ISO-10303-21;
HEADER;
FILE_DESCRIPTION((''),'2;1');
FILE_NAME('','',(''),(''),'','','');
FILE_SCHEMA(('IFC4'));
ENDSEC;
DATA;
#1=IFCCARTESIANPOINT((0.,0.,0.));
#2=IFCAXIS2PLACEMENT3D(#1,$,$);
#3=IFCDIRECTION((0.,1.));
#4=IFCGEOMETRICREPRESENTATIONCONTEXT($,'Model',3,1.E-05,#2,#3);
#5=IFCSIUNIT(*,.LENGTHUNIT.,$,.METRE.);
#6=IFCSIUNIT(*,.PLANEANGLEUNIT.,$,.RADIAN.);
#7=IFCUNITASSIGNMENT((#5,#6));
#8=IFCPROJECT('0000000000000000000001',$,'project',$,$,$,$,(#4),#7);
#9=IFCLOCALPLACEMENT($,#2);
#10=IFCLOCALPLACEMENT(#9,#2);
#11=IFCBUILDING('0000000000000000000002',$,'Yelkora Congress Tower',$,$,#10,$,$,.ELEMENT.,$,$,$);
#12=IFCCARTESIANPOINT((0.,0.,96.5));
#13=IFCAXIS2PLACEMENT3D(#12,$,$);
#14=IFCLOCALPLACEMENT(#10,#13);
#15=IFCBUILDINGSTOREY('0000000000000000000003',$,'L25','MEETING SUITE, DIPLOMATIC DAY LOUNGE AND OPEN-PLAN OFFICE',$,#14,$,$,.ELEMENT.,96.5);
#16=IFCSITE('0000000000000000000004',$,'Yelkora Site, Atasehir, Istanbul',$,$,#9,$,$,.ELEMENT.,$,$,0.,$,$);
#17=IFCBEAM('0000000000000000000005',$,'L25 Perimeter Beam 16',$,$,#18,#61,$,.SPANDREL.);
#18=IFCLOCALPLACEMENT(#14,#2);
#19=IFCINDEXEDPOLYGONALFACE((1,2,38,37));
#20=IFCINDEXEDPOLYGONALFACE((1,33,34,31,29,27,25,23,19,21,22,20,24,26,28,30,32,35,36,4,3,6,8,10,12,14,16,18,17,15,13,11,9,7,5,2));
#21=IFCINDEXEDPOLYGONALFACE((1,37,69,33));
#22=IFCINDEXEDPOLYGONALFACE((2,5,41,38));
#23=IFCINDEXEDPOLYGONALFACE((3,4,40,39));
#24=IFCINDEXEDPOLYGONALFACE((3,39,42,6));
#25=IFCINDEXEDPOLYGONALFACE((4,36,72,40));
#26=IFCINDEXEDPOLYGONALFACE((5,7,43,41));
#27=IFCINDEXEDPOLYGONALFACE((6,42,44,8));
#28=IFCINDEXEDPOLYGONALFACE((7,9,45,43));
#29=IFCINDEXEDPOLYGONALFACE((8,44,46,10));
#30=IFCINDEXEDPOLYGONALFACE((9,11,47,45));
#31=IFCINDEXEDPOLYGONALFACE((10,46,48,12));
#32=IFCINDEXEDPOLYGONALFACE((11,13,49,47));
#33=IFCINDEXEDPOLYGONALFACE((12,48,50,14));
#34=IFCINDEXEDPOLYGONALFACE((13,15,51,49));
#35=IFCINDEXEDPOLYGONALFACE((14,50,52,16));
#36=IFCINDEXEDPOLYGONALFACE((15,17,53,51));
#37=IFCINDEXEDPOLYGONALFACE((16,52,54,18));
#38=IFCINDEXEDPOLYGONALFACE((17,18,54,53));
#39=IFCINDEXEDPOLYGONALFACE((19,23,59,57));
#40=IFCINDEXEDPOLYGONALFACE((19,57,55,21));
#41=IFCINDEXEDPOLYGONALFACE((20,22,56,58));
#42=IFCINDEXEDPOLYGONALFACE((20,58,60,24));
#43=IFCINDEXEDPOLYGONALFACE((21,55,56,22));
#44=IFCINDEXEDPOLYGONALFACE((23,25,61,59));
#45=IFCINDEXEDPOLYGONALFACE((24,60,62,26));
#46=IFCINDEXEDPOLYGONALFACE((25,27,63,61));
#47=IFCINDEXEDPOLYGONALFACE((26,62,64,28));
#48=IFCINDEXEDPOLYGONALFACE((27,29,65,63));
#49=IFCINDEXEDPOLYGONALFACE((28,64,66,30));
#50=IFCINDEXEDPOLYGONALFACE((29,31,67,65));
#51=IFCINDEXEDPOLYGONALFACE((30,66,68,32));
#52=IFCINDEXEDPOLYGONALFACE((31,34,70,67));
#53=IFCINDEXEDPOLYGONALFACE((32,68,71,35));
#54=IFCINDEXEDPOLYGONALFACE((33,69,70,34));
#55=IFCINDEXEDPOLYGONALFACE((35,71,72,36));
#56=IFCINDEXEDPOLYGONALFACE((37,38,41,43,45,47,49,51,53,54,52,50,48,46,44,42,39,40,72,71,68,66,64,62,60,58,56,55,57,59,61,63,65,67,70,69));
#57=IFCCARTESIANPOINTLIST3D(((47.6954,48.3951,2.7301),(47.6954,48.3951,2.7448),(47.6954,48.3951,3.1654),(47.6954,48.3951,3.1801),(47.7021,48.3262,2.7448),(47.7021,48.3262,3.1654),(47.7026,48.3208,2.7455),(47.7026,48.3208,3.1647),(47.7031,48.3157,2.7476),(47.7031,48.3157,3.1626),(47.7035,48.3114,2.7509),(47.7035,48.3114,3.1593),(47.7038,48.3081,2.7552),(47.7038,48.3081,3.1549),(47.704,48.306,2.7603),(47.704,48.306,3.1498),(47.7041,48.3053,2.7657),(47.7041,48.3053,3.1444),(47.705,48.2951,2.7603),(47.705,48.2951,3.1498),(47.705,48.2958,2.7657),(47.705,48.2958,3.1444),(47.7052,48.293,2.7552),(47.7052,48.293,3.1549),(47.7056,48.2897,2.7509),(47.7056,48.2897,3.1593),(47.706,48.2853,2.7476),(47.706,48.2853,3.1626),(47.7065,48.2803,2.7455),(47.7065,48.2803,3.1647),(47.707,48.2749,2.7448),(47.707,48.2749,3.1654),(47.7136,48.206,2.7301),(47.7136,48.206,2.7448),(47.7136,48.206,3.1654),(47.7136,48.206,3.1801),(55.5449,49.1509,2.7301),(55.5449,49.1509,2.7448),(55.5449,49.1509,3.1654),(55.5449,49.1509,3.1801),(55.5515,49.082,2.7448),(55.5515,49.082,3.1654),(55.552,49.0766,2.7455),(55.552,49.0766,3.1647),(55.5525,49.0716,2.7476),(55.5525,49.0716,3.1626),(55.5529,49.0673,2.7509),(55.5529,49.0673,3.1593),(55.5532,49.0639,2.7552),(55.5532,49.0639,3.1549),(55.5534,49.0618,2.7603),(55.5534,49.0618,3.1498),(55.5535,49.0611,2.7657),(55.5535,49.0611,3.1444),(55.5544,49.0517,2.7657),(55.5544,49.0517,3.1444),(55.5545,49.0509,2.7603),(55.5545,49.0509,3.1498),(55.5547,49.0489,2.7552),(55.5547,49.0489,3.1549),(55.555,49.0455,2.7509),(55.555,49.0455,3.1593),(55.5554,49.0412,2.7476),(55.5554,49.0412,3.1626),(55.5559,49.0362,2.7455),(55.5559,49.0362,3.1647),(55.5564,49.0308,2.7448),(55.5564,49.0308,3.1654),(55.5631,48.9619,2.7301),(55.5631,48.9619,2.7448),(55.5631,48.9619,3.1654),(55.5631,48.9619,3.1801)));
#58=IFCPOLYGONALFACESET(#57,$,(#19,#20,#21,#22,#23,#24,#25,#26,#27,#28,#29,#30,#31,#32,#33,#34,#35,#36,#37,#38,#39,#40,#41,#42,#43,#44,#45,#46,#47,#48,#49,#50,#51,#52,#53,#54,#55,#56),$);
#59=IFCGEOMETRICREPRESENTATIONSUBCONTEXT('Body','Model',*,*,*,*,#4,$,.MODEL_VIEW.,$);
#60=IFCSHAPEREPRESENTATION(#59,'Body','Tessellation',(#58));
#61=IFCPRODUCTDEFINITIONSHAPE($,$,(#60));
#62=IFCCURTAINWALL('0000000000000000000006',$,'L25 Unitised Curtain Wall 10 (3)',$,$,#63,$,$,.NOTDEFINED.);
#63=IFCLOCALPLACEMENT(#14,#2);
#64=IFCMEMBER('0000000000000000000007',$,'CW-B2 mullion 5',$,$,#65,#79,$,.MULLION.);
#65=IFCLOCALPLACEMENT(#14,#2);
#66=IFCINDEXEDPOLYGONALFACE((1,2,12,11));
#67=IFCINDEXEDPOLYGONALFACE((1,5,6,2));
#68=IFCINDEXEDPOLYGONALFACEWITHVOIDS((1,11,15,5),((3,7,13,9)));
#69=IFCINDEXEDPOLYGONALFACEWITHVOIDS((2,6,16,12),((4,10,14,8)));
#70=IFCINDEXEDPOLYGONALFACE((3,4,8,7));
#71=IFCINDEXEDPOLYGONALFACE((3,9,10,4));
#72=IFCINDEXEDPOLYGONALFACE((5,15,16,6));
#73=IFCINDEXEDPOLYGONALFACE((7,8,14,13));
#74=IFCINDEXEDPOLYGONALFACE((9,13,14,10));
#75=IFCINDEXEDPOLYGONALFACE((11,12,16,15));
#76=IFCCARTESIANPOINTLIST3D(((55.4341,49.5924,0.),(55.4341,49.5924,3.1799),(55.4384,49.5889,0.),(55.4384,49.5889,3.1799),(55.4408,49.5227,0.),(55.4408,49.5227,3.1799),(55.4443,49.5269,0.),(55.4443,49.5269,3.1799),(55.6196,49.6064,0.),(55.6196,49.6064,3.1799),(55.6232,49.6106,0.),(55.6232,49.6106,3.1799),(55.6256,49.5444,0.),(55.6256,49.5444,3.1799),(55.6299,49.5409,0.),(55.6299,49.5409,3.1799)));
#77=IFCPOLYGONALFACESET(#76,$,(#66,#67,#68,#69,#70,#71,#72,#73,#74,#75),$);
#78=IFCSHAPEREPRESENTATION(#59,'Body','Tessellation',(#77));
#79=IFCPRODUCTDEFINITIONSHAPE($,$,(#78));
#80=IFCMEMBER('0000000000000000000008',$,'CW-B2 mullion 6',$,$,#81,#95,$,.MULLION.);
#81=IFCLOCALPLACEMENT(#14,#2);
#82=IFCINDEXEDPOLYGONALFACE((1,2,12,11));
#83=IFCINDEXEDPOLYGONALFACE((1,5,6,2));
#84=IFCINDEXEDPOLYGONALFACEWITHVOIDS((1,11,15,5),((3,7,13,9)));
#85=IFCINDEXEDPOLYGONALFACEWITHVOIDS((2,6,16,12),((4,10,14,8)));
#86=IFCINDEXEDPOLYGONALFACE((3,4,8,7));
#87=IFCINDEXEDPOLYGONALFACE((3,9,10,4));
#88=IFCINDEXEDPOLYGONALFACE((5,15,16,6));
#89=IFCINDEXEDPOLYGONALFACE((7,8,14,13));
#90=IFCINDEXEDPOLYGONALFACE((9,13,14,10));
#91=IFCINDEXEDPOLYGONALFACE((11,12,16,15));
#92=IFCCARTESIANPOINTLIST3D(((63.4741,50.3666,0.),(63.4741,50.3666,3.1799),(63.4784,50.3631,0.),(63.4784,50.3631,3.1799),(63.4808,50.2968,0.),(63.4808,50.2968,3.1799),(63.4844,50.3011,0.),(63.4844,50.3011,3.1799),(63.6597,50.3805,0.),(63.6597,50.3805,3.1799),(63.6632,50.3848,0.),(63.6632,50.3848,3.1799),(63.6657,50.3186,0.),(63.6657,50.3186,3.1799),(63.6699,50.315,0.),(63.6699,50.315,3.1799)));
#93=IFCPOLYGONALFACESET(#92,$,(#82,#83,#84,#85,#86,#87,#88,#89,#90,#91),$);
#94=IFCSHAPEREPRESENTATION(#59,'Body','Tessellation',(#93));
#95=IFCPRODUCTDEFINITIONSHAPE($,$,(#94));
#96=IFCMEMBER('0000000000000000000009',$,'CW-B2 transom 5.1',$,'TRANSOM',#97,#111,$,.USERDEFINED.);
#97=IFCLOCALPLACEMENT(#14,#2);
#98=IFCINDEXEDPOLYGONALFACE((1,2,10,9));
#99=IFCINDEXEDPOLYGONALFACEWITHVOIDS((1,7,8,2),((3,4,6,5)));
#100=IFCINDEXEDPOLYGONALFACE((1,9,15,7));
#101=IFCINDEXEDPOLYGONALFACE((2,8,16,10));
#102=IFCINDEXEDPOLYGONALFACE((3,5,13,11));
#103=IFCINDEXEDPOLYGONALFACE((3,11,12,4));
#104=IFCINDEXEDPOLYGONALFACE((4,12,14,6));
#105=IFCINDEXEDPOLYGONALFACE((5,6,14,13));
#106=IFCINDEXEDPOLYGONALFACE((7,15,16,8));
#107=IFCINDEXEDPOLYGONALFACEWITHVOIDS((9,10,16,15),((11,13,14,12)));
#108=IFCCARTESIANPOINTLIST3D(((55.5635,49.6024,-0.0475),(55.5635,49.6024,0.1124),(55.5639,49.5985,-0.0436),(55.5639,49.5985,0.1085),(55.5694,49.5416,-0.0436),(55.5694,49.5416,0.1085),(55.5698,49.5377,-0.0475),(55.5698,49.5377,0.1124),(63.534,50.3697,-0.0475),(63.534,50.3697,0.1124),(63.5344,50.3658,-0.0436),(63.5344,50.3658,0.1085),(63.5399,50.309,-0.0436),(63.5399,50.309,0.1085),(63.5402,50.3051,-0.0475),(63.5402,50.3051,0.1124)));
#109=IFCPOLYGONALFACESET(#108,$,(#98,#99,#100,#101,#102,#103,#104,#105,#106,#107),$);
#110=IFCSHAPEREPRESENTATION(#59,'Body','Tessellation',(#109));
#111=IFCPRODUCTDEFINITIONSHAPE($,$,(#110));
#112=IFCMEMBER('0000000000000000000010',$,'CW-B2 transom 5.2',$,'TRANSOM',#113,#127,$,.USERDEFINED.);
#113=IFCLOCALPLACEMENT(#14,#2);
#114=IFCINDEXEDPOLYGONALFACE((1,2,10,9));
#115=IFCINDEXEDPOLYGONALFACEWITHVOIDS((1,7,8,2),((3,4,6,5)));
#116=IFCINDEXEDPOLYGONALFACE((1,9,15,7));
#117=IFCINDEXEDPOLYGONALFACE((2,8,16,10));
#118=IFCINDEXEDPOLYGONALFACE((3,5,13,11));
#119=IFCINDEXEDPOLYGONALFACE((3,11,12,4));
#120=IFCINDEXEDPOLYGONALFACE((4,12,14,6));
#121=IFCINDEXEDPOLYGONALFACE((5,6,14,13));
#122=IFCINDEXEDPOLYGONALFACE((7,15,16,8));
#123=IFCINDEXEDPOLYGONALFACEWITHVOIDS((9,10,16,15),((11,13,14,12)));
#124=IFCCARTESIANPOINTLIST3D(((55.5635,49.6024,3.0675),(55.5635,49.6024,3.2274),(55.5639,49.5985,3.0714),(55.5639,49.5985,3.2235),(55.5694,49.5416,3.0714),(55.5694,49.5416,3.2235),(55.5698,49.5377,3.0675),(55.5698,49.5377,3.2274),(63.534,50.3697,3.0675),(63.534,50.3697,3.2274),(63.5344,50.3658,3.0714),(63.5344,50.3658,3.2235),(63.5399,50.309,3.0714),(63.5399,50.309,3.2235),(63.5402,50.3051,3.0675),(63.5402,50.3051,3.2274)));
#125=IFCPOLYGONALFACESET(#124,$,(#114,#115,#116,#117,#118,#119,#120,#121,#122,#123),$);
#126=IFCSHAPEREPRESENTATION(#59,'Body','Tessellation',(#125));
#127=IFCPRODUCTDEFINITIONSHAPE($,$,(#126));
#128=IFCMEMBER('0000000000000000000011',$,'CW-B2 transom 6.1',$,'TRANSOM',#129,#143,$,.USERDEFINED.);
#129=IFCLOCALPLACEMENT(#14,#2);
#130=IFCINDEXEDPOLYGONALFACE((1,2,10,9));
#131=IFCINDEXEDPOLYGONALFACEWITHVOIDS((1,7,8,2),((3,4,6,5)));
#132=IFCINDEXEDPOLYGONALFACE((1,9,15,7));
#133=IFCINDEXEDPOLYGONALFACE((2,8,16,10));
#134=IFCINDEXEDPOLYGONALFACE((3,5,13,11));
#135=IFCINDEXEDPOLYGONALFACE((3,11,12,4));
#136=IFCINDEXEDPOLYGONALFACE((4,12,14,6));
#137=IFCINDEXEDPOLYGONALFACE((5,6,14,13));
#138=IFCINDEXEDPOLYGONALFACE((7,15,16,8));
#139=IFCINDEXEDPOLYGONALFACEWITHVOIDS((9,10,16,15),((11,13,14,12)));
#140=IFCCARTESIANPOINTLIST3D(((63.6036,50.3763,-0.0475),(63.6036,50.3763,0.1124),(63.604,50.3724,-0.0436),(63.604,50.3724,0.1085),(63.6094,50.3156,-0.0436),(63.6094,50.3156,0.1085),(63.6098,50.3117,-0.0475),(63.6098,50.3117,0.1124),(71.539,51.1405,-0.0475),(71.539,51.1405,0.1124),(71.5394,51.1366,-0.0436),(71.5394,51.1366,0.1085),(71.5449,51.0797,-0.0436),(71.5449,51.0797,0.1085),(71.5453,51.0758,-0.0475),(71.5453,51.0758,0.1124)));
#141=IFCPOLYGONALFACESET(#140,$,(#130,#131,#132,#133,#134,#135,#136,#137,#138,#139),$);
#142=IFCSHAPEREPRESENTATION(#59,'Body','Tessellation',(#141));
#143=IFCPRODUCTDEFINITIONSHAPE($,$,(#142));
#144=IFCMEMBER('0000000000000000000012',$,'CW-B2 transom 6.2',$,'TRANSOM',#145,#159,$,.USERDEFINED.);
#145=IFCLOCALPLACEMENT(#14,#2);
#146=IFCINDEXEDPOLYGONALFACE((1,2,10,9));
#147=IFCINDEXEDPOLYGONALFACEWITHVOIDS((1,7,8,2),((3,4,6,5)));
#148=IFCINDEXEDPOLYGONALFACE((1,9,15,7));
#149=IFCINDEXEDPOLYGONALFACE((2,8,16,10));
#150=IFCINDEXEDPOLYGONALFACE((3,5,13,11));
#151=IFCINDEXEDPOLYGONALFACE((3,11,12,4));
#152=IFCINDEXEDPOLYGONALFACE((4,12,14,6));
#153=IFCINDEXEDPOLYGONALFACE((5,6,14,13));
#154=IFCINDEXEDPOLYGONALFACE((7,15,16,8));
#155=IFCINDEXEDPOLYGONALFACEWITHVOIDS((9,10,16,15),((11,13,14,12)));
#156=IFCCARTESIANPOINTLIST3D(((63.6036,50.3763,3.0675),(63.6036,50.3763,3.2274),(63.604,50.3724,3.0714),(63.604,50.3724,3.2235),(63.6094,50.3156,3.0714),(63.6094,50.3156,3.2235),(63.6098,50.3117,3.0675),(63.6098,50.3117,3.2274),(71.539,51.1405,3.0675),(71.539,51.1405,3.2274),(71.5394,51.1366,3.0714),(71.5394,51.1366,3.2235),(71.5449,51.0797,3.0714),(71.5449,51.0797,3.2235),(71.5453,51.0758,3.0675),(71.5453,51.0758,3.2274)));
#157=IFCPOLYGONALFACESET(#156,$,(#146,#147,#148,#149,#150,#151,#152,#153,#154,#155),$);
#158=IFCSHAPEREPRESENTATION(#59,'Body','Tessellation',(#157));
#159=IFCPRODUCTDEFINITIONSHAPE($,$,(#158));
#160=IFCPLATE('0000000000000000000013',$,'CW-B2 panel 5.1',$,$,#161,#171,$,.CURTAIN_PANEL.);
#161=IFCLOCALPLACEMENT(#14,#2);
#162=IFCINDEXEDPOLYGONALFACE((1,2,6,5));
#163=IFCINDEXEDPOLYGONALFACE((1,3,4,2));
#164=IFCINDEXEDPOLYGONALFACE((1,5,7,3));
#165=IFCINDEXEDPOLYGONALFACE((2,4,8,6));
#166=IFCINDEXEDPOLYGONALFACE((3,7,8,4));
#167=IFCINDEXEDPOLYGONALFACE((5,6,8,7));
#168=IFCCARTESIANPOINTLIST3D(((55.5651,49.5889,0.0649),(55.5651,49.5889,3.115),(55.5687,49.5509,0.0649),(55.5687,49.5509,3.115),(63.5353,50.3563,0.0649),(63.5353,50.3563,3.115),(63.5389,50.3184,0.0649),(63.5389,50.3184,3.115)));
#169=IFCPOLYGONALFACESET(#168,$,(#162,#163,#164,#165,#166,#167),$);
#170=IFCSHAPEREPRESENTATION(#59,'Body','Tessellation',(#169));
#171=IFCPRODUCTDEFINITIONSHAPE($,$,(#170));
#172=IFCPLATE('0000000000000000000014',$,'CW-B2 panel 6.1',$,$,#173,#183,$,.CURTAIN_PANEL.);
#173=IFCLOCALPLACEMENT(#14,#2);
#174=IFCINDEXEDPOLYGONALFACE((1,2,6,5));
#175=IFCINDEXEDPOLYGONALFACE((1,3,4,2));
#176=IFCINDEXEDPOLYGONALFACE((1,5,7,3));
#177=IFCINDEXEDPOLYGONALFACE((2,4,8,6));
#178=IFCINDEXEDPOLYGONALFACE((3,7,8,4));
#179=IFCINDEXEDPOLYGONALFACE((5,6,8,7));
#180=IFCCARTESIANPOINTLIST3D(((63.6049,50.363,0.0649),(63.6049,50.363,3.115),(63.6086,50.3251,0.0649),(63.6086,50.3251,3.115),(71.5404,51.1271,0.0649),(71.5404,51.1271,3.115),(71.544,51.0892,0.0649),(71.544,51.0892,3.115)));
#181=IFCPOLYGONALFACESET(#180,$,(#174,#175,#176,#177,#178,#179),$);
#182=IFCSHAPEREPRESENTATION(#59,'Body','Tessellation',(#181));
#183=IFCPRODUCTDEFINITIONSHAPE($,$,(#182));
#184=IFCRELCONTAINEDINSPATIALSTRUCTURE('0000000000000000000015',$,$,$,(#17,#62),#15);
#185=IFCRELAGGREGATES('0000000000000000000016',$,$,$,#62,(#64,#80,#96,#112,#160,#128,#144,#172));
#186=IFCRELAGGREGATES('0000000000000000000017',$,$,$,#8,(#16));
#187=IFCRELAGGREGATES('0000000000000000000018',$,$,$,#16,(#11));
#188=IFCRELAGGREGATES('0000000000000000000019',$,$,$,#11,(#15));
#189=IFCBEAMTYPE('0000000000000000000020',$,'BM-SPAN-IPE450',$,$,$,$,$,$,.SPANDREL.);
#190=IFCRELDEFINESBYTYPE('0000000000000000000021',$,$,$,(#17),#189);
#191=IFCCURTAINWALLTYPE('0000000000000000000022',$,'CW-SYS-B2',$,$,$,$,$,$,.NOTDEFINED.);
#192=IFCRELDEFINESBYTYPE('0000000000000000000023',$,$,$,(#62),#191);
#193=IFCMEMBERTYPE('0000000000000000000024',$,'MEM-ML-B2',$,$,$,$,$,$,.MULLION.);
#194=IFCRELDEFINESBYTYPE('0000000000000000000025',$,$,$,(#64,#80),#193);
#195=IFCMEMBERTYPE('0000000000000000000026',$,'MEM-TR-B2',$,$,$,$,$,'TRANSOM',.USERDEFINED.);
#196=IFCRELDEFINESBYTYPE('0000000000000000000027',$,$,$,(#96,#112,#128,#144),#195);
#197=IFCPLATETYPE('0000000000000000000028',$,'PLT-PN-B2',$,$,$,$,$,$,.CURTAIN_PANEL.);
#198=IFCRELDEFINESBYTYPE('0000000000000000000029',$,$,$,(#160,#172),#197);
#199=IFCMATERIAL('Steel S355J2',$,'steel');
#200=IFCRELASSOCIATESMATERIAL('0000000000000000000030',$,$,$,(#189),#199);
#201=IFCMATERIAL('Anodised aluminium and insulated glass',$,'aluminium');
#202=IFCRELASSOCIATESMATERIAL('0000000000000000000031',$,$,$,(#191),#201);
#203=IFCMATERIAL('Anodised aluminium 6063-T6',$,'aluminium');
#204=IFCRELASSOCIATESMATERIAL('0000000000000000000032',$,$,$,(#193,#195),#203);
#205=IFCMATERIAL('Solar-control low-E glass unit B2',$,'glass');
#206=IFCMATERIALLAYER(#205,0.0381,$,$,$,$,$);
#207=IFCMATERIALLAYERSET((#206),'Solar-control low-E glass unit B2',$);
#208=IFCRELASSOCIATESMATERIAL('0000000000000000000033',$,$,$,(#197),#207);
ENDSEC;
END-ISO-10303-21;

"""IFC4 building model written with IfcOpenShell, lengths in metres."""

from ifc_helpers import new_model, si_unit, direction, frame, origin, origin_2d, place, context, subcontext, project, spatial, rectangle, hollow_rectangle, i_section, extrude, material, layer, layer_set, material_profile, profile_set, type_object, element, aggregate, save


model = new_model("IFC4")

# Units and contexts
model_context = context("Model", 3, precision=1e-05, world=origin(), true_north=direction((0.0, 1.0)))
body_context = subcontext(model_context, "Body", "Model", "MODEL_VIEW")
ifc_project = project(units=[si_unit("LENGTHUNIT", "METRE"), si_unit("PLANEANGLEUNIT", "RADIAN")], contexts=[model_context])

# Site, building, storey
site_placement = place(None, origin())
site = spatial("IfcSite", under=ifc_project, at=site_placement, Name="Yelkora Site, Atasehir, Istanbul", CompositionType="ELEMENT", RefElevation=0.0)
building_placement = place(site_placement, origin())
building = spatial("IfcBuilding", under=site, at=building_placement, Name="Yelkora Congress Tower", CompositionType="ELEMENT")
storey_placement = place(building_placement, frame((0.0, 0.0, 96.5)))
storey = spatial("IfcBuildingStorey", under=building, at=storey_placement, Name="L25", Description="MEETING SUITE, DIPLOMATIC DAY LOUNGE AND OPEN-PLAN OFFICE", CompositionType="ELEMENT", Elevation=96.5)

# Beam
ifc_material_1 = material(Name="Steel S355J2", Category="steel")
ifc_material_profile_1 = material_profile(ifc_material_1, i_section(OverallWidth=0.1899, OverallDepth=0.45, WebThickness=0.0095, FlangeThickness=0.0146, FilletRadius=0.021, at=origin_2d()), Name="IPE 450")
ifc_profile_set_1 = profile_set([ifc_material_profile_1], Name="Steel S355J2")
beam_type_1 = type_object("IfcBeamType", Name="BM-SPAN-IPE450", PredefinedType="SPANDREL", material=ifc_profile_set_1)
for number, where, z_axis, x_axis, name in (
    (1, (55.554, 49.0564, 2.9551), (-0.995396, -0.095852, 0.0), (0.095852, -0.995396, 0.0), "L25 Perimeter Beam 16"),
):
    element("IfcBeam", number, at=place(storey_placement, frame(where, z_axis=z_axis, x_axis=x_axis)), inside=storey, type_object=beam_type_1, Name=name, PredefinedType="SPANDREL", context=body_context, shape_type="SweptSolid", body=[
        extrude(i_section(OverallWidth=0.1899, OverallDepth=0.45, WebThickness=0.0095, FlangeThickness=0.0146, FilletRadius=0.021, at=origin_2d()), origin(), (0.0, 0.0, 1.0), 7.8857),
    ])

# Curtain wall, members, plates
ifc_material_2 = material(Name="Anodised aluminium and insulated glass", Category="aluminium")
curtain_wall_type = type_object("IfcCurtainWallType", Name="CW-SYS-B2", PredefinedType="NOTDEFINED", material=ifc_material_2)
curtain_wall_placement = place(storey_placement, origin())
curtain_wall = element("IfcCurtainWall", 2, at=curtain_wall_placement, inside=storey, type_object=curtain_wall_type, Name="L25 Unitised Curtain Wall 10 (3)", PredefinedType="NOTDEFINED")
ifc_material_3 = material(Name="Anodised aluminium 6063-T6", Category="aluminium")
ifc_material_profile_2 = material_profile(ifc_material_3, hollow_rectangle(XDim=0.0701, YDim=0.1899, WallThickness=0.0039, at=origin_2d()), Name="ALU 70x190x4")
ifc_profile_set_2 = profile_set([ifc_material_profile_2], Name="Anodised aluminium 6063-T6")
member_type_1 = type_object("IfcMemberType", Name="MEM-ML-B2", PredefinedType="MULLION", material=ifc_profile_set_2)
member_1_placement = place(storey_placement, frame((55.532, 49.5667, 0.0), z_axis=(0.0, 0.0, 1.0), x_axis=(-0.095844, 0.995396, 0.0)))
member_1 = element("IfcMember", 3, at=member_1_placement, type_object=member_type_1, Name="CW-B2 mullion 5", PredefinedType="MULLION", context=body_context, shape_type="SweptSolid", body=[
    extrude(hollow_rectangle(XDim=0.0701, YDim=0.1899, WallThickness=0.0039, at=origin_2d()), origin(), (0.0, 0.0, 1.0), 3.1799),
])
member_2_placement = place(storey_placement, frame((63.572, 50.3408, 0.0), z_axis=(0.0, 0.0, 1.0), x_axis=(-0.095844, 0.995396, 0.0)))
member_2 = element("IfcMember", 4, at=member_2_placement, type_object=member_type_1, Name="CW-B2 mullion 6", PredefinedType="MULLION", context=body_context, shape_type="SweptSolid", body=[
    extrude(hollow_rectangle(XDim=0.0701, YDim=0.1899, WallThickness=0.0039, at=origin_2d()), origin(), (0.0, 0.0, 1.0), 3.1799),
])
ifc_material_profile_3 = material_profile(ifc_material_3, hollow_rectangle(XDim=0.0649, YDim=0.1599, WallThickness=0.0039, at=origin_2d()), Name="ALU 65x160x4")
ifc_profile_set_3 = profile_set([ifc_material_profile_3], Name="Anodised aluminium 6063-T6")
member_type_2 = type_object("IfcMemberType", Name="MEM-TR-B2", ElementType="TRANSOM", PredefinedType="USERDEFINED", material=ifc_profile_set_3)
member_3_placement = place(storey_placement, frame((55.5667, 49.5701, 0.0325), z_axis=(0.995398, 0.095829, 0.0), x_axis=(-0.095829, 0.995398, 0.0)))
member_3 = element("IfcMember", 5, at=member_3_placement, type_object=member_type_2, Name="CW-B2 transom 5.1", ObjectType="TRANSOM", PredefinedType="USERDEFINED", context=body_context, shape_type="SweptSolid", body=[
    extrude(hollow_rectangle(XDim=0.0649, YDim=0.1599, WallThickness=0.0039, at=origin_2d()), origin(), (0.0, 0.0, 1.0), 8.0073),
])
member_4_placement = place(storey_placement, frame((55.5667, 49.5701, 3.1475), z_axis=(0.995398, 0.095829, 0.0), x_axis=(-0.095829, 0.995398, 0.0)))
member_4 = element("IfcMember", 6, at=member_4_placement, type_object=member_type_2, Name="CW-B2 transom 5.2", ObjectType="TRANSOM", PredefinedType="USERDEFINED", context=body_context, shape_type="SweptSolid", body=[
    extrude(hollow_rectangle(XDim=0.0649, YDim=0.1599, WallThickness=0.0039, at=origin_2d()), origin(), (0.0, 0.0, 1.0), 8.0073),
])
member_5_placement = place(storey_placement, frame((63.6067, 50.344, 0.0325), z_axis=(0.995396, 0.095852, 0.0), x_axis=(-0.095852, 0.995396, 0.0)))
member_5 = element("IfcMember", 7, at=member_5_placement, type_object=member_type_2, Name="CW-B2 transom 6.1", ObjectType="TRANSOM", PredefinedType="USERDEFINED", context=body_context, shape_type="SweptSolid", body=[
    extrude(hollow_rectangle(XDim=0.0649, YDim=0.1599, WallThickness=0.0039, at=origin_2d()), origin(), (0.0, 0.0, 1.0), 7.9722),
])
member_6_placement = place(storey_placement, frame((63.6067, 50.344, 3.1475), z_axis=(0.995396, 0.095852, 0.0), x_axis=(-0.095852, 0.995396, 0.0)))
member_6 = element("IfcMember", 8, at=member_6_placement, type_object=member_type_2, Name="CW-B2 transom 6.2", ObjectType="TRANSOM", PredefinedType="USERDEFINED", context=body_context, shape_type="SweptSolid", body=[
    extrude(hollow_rectangle(XDim=0.0649, YDim=0.1599, WallThickness=0.0039, at=origin_2d()), origin(), (0.0, 0.0, 1.0), 7.9722),
])
ifc_material_4 = material(Name="Solar-control low-E glass unit B2", Category="glass")
ifc_layer_1 = layer(ifc_material_4, 0.0381)
ifc_layer_set_1 = layer_set([ifc_layer_1], Name="Solar-control low-E glass unit B2")
plate_type = type_object("IfcPlateType", Name="PLT-PN-B2", PredefinedType="CURTAIN_PANEL", material=ifc_layer_set_1)
plate_1_placement = place(storey_placement, frame((59.552, 49.9536, 0.0649), z_axis=(0.0, 0.0, 1.0), x_axis=(0.995396, 0.095844, 0.0)))
plate_1 = element("IfcPlate", 9, at=plate_1_placement, type_object=plate_type, Name="CW-B2 panel 5.1", PredefinedType="CURTAIN_PANEL", context=body_context, shape_type="SweptSolid", body=[
    extrude(rectangle(XDim=8.0071, YDim=0.0381, at=origin_2d()), origin(), (0.0, 0.0, 1.0), 3.05),
])
plate_2_placement = place(storey_placement, frame((67.5745, 50.7261, 0.0649), z_axis=(0.0, 0.0, 1.0), x_axis=(0.995396, 0.095844, 0.0)))
plate_2 = element("IfcPlate", 10, at=plate_2_placement, type_object=plate_type, Name="CW-B2 panel 6.1", PredefinedType="CURTAIN_PANEL", context=body_context, shape_type="SweptSolid", body=[
    extrude(rectangle(XDim=7.9722, YDim=0.0381, at=origin_2d()), origin(), (0.0, 0.0, 1.0), 3.05),
])
aggregate(curtain_wall, [member_1, member_2, member_3, member_4, plate_1, member_5, member_6, plate_2])

save(model, "model.ifc")
